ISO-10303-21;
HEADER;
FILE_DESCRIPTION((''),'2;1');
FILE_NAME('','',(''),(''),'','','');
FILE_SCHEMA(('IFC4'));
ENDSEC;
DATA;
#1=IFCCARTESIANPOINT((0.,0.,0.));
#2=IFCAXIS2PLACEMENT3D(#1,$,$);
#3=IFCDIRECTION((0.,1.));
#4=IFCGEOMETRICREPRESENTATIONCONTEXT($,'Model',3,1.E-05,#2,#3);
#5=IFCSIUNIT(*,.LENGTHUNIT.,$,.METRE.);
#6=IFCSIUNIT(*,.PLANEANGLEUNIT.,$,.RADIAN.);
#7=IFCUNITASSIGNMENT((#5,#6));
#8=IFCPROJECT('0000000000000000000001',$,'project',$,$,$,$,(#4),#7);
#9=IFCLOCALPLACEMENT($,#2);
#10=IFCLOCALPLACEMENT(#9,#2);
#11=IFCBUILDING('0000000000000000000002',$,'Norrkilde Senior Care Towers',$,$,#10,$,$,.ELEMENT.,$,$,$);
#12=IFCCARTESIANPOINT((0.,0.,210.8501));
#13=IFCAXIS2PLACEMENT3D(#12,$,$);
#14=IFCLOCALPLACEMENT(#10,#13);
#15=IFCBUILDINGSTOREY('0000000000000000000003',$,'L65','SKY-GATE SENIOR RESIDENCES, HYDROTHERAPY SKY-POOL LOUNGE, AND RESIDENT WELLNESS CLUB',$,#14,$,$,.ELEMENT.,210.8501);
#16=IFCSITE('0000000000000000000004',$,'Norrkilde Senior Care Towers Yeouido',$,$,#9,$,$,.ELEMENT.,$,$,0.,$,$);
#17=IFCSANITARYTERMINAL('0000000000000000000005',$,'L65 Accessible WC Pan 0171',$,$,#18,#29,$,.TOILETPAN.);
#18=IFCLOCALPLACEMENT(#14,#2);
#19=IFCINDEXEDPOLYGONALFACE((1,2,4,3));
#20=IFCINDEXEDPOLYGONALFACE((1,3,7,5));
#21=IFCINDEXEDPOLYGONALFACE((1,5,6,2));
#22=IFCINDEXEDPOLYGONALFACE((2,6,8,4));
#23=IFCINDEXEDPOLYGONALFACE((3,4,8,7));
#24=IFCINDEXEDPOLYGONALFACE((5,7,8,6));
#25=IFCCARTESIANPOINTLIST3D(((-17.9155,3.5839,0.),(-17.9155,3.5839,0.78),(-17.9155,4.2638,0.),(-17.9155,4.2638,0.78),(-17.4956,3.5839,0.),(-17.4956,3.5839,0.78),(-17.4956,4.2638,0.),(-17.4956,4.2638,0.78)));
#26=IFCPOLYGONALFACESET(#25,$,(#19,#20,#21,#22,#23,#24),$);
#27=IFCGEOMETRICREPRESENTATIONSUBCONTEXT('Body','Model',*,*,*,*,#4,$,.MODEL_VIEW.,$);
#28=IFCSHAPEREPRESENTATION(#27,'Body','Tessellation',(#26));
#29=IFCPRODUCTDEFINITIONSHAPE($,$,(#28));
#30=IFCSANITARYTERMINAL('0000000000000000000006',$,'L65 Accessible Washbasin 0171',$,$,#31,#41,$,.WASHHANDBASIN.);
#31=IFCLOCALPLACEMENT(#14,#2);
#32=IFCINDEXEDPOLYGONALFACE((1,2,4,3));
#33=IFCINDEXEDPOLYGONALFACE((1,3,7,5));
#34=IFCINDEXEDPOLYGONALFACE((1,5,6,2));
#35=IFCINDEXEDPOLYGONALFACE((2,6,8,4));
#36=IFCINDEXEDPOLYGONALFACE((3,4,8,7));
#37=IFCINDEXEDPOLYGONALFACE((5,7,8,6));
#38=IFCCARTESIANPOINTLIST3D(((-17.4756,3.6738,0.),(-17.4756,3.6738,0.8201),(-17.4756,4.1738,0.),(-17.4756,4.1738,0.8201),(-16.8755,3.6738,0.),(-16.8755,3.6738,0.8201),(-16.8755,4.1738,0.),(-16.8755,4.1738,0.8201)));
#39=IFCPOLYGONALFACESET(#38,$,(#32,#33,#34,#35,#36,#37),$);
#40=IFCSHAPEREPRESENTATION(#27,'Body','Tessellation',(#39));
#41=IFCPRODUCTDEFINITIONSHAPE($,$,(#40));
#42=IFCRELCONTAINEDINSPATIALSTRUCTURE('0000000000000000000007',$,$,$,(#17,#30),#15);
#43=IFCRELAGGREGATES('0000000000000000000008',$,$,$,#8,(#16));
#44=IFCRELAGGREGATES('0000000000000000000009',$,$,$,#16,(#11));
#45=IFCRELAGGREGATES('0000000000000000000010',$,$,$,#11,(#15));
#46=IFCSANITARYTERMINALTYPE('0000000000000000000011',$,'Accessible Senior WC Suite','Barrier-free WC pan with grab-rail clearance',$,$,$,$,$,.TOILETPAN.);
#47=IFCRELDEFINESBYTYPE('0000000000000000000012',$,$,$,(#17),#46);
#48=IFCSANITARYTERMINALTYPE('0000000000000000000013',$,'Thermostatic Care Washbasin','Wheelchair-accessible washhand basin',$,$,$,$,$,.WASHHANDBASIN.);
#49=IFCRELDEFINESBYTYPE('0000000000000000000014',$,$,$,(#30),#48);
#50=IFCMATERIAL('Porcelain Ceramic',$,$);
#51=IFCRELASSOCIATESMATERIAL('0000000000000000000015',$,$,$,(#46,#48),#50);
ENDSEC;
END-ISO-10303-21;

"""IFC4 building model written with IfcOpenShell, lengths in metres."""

from ifc_helpers import new_model, si_unit, direction, frame, origin, origin_2d, place, context, subcontext, project, spatial, rectangle, extrude, source, transform, mapped, material, type_object, type_shapes, element, save


model = new_model("IFC4")

# Units and contexts
model_context = context("Model", 3, precision=1e-05, world=origin(), true_north=direction((0.0, 1.0)))
body_context = subcontext(model_context, "Body", "Model", "MODEL_VIEW")
ifc_project = project(units=[si_unit("LENGTHUNIT", "METRE"), si_unit("PLANEANGLEUNIT", "RADIAN")], contexts=[model_context])

# Site, building, storey
site_placement = place(None, origin())
site = spatial("IfcSite", under=ifc_project, at=site_placement, Name="Norrkilde Senior Care Towers Yeouido", CompositionType="ELEMENT", RefElevation=0.0)
building_placement = place(site_placement, origin())
building = spatial("IfcBuilding", under=site, at=building_placement, Name="Norrkilde Senior Care Towers", CompositionType="ELEMENT")
storey_placement = place(building_placement, frame((0.0, 0.0, 210.8501)))
storey = spatial("IfcBuildingStorey", under=building, at=storey_placement, Name="L65", Description="SKY-GATE SENIOR RESIDENCES, HYDROTHERAPY SKY-POOL LOUNGE, AND RESIDENT WELLNESS CLUB", CompositionType="ELEMENT", Elevation=210.8501)

# Sanitary terminals
ifc_material_1 = material(Name="Porcelain Ceramic")
sanitary_terminal_type_1 = type_object("IfcSanitaryTerminalType", Name="Accessible Senior WC Suite", Description="Barrier-free WC pan with grab-rail clearance", PredefinedType="TOILETPAN", material=ifc_material_1)
shared_shape_1 = source(origin(), body_context, "Body", "SweptSolid", [
    extrude(rectangle(XDim=0.4199, YDim=0.6799, at=origin_2d()), origin(), (0.0, 0.0, 1.0), 0.78),
])
type_shapes(sanitary_terminal_type_1, [shared_shape_1])
sanitary_terminal_1_placement = place(storey_placement, frame((-17.7056, 3.9238, 0.0), z_axis=(0.0, 0.0, 1.0), x_axis=(1.0, 0.0, 0.0)))
element("IfcSanitaryTerminal", 1, at=sanitary_terminal_1_placement, inside=storey, type_object=sanitary_terminal_type_1, Name="L65 Accessible WC Pan 0171", PredefinedType="TOILETPAN", context=body_context, shape_type="MappedRepresentation", body=[
    mapped(shared_shape_1, transform((0.0, 0.0, 0.0), x_axis=(1.0, 0.0, 0.0), y_axis=(0.0, 1.0, 0.0), z_axis=(0.0, 0.0, 1.0), scale=1.0)),
])
sanitary_terminal_type_2 = type_object("IfcSanitaryTerminalType", Name="Thermostatic Care Washbasin", Description="Wheelchair-accessible washhand basin", PredefinedType="WASHHANDBASIN", material=ifc_material_1)
shared_shape_2 = source(origin(), body_context, "Body", "SweptSolid", [
    extrude(rectangle(XDim=0.6001, YDim=0.5, at=origin_2d()), origin(), (0.0, 0.0, 1.0), 0.8201),
])
type_shapes(sanitary_terminal_type_2, [shared_shape_2])
sanitary_terminal_2_placement = place(storey_placement, frame((-17.1755, 3.9238, 0.0), z_axis=(0.0, 0.0, 1.0), x_axis=(1.0, 0.0, 0.0)))
element("IfcSanitaryTerminal", 2, at=sanitary_terminal_2_placement, inside=storey, type_object=sanitary_terminal_type_2, Name="L65 Accessible Washbasin 0171", PredefinedType="WASHHANDBASIN", context=body_context, shape_type="MappedRepresentation", body=[
    mapped(shared_shape_2, transform((0.0, 0.0, 0.0), x_axis=(1.0, 0.0, 0.0), y_axis=(0.0, 1.0, 0.0), z_axis=(0.0, 0.0, 1.0), scale=1.0)),
])

save(model, "model.ifc")
